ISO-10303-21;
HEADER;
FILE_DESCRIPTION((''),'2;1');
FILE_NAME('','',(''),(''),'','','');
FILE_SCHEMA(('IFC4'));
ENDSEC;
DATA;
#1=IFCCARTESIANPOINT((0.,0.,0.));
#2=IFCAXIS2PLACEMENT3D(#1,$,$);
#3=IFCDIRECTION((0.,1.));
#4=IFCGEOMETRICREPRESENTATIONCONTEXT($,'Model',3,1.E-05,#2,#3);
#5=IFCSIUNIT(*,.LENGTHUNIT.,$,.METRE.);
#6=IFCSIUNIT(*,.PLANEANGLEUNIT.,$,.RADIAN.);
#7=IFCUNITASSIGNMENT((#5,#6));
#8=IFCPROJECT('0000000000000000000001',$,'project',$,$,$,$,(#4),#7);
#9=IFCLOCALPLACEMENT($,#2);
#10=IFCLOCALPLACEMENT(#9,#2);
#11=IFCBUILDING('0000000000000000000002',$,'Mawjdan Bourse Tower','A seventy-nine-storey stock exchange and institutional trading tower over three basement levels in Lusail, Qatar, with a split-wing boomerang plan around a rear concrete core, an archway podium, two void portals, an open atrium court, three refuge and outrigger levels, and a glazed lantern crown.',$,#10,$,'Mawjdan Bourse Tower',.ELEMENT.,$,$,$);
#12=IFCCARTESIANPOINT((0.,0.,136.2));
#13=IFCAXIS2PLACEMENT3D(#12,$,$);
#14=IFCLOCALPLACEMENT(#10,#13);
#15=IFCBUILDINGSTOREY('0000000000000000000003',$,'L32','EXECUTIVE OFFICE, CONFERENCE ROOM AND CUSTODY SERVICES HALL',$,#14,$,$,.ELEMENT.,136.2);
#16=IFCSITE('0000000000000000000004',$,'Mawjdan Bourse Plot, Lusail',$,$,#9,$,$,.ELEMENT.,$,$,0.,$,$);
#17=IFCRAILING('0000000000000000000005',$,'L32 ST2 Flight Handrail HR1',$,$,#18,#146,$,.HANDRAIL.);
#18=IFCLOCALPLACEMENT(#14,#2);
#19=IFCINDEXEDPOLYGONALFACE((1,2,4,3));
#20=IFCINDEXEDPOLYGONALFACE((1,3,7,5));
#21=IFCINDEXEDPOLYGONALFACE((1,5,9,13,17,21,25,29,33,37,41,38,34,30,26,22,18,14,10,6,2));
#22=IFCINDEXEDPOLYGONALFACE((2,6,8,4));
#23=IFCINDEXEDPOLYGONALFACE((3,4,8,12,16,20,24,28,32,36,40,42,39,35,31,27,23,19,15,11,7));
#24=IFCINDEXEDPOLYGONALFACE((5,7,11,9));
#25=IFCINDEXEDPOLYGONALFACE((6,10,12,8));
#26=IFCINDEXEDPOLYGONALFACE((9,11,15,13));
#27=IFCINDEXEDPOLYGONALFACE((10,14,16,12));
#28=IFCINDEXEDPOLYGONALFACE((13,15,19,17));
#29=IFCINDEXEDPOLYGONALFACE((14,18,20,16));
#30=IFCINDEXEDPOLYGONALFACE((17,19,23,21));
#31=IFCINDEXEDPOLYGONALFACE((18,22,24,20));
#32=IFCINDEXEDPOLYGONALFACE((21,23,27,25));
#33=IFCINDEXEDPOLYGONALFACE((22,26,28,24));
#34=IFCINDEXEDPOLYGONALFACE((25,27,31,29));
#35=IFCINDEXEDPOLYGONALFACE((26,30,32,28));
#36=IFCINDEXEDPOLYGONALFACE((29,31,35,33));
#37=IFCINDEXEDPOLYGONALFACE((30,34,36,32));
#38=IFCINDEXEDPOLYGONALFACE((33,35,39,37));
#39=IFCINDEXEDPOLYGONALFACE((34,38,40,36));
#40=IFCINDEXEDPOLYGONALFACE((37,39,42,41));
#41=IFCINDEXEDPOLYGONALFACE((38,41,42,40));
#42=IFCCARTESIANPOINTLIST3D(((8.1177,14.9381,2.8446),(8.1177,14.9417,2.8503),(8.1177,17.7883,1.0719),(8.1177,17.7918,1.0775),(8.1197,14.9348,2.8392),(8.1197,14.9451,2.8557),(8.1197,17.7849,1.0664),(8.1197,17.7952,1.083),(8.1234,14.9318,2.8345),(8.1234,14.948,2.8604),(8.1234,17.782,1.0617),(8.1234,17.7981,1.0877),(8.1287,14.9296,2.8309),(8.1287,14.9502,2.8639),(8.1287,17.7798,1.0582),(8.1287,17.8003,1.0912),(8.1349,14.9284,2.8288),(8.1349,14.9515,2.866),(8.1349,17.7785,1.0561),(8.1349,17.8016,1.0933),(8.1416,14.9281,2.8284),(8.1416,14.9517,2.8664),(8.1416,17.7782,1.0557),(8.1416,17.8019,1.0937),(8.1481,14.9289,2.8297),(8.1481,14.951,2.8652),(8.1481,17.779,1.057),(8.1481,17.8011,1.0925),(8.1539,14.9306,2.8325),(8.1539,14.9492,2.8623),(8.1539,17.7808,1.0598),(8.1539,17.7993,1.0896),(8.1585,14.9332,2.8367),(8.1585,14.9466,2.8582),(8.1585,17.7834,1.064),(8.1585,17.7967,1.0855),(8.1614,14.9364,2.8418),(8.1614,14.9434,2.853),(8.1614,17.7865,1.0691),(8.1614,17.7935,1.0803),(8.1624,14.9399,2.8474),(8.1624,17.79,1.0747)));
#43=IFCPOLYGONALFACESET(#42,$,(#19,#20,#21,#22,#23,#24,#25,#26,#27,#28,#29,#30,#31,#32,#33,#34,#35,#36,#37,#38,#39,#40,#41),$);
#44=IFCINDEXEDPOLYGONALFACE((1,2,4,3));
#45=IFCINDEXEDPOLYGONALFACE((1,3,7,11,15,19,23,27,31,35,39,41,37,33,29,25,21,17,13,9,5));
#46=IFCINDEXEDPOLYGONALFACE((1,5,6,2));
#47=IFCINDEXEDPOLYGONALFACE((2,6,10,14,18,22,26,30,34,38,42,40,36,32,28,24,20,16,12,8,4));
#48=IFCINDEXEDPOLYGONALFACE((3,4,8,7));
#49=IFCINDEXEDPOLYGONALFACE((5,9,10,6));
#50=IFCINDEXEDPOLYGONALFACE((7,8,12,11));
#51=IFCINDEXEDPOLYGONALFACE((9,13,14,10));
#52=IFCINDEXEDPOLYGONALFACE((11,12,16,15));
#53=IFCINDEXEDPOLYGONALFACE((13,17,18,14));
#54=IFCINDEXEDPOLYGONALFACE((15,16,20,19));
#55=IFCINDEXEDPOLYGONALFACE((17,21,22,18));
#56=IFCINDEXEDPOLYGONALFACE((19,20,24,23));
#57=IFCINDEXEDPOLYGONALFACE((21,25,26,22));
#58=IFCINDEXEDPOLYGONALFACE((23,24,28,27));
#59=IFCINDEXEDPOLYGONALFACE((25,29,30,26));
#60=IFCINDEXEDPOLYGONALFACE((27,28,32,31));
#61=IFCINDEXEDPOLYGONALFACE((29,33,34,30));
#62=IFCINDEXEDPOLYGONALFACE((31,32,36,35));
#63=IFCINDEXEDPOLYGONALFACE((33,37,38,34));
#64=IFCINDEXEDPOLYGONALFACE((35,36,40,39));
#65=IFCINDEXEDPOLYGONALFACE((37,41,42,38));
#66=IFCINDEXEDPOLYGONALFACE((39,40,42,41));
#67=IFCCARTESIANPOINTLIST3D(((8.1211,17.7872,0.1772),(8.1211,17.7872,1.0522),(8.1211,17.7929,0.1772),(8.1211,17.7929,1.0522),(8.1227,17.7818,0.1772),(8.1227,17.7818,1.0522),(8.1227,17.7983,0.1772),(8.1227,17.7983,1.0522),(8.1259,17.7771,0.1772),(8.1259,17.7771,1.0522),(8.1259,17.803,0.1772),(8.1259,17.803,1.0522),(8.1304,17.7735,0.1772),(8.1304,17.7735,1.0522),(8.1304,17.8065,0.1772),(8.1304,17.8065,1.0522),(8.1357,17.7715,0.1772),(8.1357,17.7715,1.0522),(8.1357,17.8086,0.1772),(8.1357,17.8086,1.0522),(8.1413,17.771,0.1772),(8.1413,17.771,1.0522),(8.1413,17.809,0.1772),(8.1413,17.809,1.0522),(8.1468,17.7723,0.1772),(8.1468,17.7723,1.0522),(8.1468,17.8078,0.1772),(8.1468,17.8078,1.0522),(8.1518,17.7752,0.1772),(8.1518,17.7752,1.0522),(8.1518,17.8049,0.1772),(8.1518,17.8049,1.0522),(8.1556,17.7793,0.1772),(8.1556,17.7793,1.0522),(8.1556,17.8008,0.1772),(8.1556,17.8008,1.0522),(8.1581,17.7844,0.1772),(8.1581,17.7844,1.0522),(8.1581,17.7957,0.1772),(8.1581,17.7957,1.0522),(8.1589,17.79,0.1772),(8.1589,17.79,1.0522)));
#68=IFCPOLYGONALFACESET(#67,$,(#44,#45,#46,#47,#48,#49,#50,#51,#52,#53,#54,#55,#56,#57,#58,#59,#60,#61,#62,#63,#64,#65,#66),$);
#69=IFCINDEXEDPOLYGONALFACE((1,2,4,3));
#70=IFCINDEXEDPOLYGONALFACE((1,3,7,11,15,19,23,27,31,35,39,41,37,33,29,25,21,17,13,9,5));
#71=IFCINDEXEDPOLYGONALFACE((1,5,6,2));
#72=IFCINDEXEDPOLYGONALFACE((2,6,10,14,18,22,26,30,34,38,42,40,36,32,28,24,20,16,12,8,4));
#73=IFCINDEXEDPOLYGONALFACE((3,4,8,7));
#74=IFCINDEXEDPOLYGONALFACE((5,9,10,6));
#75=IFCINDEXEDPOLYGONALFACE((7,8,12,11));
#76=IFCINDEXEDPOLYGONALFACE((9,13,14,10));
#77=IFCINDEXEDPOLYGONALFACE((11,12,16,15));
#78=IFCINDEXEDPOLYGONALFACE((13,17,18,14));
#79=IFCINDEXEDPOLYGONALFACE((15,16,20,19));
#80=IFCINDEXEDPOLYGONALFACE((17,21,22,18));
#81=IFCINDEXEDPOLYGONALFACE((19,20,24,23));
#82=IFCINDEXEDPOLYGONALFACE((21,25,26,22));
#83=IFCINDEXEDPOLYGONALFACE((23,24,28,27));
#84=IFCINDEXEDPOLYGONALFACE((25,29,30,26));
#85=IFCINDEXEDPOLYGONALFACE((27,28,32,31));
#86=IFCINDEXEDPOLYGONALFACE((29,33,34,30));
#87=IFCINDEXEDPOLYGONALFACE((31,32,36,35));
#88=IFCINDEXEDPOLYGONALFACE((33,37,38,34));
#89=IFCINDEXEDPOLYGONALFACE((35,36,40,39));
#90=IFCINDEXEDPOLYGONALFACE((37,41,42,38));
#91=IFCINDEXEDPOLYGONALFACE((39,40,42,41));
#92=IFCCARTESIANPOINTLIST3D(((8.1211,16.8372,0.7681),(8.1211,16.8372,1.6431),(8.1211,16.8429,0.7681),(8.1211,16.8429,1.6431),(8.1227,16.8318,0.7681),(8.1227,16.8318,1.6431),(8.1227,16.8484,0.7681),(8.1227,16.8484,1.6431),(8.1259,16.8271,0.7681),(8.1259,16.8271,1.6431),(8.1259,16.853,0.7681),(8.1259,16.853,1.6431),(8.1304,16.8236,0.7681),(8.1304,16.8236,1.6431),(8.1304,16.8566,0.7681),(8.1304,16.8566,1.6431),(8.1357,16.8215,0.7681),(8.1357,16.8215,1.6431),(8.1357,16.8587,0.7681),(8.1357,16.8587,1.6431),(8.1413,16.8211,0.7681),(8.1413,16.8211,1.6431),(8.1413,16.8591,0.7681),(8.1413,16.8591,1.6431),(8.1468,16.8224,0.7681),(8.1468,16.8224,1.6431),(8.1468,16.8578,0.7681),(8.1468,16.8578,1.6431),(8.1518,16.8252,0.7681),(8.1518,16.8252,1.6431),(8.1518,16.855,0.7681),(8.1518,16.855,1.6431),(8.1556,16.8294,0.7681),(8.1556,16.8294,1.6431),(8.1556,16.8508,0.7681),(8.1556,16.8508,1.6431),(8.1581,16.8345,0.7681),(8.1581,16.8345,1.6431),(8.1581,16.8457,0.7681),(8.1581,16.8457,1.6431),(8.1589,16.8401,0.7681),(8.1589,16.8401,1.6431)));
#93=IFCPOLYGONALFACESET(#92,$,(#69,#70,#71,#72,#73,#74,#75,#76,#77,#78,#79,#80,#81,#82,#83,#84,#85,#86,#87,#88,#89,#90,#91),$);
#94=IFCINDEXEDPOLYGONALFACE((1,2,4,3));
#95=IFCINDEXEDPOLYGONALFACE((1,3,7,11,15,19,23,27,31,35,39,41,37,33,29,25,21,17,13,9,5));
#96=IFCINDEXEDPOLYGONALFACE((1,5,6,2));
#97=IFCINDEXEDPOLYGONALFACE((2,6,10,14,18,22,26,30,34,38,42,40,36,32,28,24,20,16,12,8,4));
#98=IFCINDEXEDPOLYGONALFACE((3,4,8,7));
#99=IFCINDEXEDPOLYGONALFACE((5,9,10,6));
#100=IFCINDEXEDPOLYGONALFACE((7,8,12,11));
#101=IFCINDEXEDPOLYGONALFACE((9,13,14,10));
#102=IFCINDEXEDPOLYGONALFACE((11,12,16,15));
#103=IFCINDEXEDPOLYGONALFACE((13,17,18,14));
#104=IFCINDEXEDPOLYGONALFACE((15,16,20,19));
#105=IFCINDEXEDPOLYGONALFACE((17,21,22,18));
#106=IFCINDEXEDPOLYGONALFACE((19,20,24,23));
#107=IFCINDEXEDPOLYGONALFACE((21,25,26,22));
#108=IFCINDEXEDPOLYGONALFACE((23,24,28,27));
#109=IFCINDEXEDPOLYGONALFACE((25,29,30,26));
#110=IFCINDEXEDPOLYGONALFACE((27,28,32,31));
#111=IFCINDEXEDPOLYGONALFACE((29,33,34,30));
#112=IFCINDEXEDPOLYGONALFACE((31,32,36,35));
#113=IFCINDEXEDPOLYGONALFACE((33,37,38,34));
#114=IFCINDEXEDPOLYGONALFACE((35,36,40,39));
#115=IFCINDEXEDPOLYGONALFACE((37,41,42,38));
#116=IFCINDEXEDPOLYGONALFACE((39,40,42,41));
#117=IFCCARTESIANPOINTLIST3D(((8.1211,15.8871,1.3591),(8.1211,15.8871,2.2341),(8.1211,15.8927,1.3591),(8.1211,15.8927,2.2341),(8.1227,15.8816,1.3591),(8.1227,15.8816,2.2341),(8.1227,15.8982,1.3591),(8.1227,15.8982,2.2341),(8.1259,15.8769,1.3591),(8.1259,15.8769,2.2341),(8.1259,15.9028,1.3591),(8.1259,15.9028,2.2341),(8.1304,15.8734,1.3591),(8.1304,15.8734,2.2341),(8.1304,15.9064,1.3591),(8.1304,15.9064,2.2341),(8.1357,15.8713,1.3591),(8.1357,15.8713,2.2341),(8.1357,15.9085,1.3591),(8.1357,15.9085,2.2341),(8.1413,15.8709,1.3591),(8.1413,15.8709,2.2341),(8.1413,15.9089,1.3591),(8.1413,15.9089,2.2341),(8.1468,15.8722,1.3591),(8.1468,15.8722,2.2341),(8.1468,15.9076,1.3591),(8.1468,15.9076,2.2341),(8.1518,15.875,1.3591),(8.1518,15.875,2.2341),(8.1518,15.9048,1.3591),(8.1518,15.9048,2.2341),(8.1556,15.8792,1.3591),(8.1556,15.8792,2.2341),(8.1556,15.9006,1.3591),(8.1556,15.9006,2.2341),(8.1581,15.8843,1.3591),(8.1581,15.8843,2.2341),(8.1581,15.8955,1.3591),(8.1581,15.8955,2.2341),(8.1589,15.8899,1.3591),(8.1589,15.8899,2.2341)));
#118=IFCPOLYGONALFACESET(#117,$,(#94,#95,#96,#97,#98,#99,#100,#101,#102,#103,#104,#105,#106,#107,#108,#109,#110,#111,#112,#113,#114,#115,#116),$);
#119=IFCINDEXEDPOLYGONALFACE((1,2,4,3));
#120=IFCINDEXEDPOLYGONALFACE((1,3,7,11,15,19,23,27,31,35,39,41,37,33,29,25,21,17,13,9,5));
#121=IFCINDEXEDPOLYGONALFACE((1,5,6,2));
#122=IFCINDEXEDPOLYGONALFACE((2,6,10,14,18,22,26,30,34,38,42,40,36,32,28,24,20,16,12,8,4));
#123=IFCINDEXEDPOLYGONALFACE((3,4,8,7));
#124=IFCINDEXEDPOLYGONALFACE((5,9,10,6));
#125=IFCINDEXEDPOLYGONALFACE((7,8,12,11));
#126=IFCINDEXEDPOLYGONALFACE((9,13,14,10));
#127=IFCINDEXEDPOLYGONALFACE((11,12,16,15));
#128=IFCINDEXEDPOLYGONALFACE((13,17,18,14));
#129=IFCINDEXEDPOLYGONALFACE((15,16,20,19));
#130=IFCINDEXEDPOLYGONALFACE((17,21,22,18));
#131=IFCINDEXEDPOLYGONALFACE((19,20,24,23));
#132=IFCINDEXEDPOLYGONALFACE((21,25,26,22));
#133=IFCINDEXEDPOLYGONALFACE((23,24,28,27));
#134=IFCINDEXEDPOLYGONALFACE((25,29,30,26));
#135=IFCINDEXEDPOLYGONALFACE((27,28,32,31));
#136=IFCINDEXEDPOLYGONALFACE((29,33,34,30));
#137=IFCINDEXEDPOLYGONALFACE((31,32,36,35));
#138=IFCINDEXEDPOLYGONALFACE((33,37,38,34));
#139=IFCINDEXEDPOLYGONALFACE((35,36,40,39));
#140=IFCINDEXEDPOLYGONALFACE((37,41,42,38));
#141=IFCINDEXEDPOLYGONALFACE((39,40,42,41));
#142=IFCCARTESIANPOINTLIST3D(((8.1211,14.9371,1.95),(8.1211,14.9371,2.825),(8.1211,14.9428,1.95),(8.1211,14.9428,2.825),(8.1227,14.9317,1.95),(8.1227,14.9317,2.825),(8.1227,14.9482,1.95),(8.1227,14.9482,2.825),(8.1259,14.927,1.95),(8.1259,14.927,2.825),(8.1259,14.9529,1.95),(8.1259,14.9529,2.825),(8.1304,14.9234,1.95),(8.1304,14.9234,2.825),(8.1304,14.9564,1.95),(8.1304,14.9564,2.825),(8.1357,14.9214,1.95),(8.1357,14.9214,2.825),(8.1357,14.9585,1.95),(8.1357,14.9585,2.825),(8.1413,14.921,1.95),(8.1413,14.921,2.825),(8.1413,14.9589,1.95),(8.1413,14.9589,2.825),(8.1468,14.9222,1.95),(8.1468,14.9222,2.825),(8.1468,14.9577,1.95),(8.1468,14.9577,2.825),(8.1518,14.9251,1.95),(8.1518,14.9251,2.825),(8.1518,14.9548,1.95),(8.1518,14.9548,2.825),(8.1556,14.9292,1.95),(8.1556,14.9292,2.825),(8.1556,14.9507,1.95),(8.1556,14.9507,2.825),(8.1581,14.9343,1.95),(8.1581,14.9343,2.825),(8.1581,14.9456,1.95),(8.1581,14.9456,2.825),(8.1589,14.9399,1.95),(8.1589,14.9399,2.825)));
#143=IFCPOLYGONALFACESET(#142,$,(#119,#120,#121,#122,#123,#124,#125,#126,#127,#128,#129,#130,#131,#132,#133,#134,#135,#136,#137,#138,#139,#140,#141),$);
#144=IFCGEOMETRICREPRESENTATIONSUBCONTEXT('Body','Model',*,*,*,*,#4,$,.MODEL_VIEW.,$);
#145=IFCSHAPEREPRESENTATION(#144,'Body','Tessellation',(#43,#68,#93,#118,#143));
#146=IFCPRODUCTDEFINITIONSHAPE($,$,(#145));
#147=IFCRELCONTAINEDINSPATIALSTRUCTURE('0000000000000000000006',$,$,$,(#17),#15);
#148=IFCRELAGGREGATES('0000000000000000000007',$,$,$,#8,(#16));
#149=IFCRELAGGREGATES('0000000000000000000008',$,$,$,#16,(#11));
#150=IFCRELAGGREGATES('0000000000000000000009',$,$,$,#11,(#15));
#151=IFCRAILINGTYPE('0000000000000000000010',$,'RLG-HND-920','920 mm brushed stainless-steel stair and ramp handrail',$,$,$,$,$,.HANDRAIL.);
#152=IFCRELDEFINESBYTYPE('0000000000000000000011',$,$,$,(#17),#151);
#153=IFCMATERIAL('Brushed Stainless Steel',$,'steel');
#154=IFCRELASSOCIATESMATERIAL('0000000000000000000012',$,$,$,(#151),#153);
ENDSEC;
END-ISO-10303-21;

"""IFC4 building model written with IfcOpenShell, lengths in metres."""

from ifc_helpers import new_model, si_unit, direction, frame, origin, origin_2d, place, context, subcontext, project, spatial, circle, extrude, material, type_object, element, save


model = new_model("IFC4")

# Units and contexts
model_context = context("Model", 3, precision=1e-05, world=origin(), true_north=direction((0.0, 1.0)))
body_context = subcontext(model_context, "Body", "Model", "MODEL_VIEW")
ifc_project = project(units=[si_unit("LENGTHUNIT", "METRE"), si_unit("PLANEANGLEUNIT", "RADIAN")], contexts=[model_context])

# Site, building, storey
site_placement = place(None, origin())
site = spatial("IfcSite", under=ifc_project, at=site_placement, Name="Mawjdan Bourse Plot, Lusail", CompositionType="ELEMENT", RefElevation=0.0)
building_placement = place(site_placement, origin())
building = spatial("IfcBuilding", under=site, at=building_placement, Name="Mawjdan Bourse Tower", Description="A seventy-nine-storey stock exchange and institutional trading tower over three basement levels in Lusail, Qatar, with a split-wing boomerang plan around a rear concrete core, an archway podium, two void portals, an open atrium court, three refuge and outrigger levels, and a glazed lantern crown.", LongName="Mawjdan Bourse Tower", CompositionType="ELEMENT")
storey_placement = place(building_placement, frame((0.0, 0.0, 136.2)))
storey = spatial("IfcBuildingStorey", under=building, at=storey_placement, Name="L32", Description="EXECUTIVE OFFICE, CONFERENCE ROOM AND CUSTODY SERVICES HALL", CompositionType="ELEMENT", Elevation=136.2)

# Railing
ifc_material_1 = material(Name="Brushed Stainless Steel", Category="steel")
railing_type_1 = type_object("IfcRailingType", Name="RLG-HND-920", Description="920 mm brushed stainless-steel stair and ramp handrail", PredefinedType="HANDRAIL", material=ifc_material_1)
railing_1_placement = place(storey_placement, frame((8.1399, 17.79, 0.1772)))
element("IfcRailing", 1, at=railing_1_placement, inside=storey, type_object=railing_type_1, Name="L32 ST2 Flight Handrail HR1", PredefinedType="HANDRAIL", context=body_context, shape_type="SweptSolid", body=[
    extrude(circle(Radius=0.0225, at=origin_2d()), frame((0.0, 0.0, 0.8975), z_axis=(0.0, -0.849149, 0.528154), x_axis=(1.0, 0.0, 0.0)), (0.0, 0.0, 1.0), 3.3564),
    extrude(circle(Radius=0.019, at=origin_2d()), origin(), (0.0, 0.0, 1.0), 0.875),
    extrude(circle(Radius=0.019, at=origin_2d()), frame((0.0, -0.95, 0.5908)), (0.0, 0.0, 1.0), 0.875),
    extrude(circle(Radius=0.019, at=origin_2d()), frame((0.0, -1.9001, 1.1819)), (0.0, 0.0, 1.0), 0.875),
    extrude(circle(Radius=0.019, at=origin_2d()), frame((0.0, -2.8501, 1.7727)), (0.0, 0.0, 1.0), 0.875),
])

save(model, "model.ifc")
